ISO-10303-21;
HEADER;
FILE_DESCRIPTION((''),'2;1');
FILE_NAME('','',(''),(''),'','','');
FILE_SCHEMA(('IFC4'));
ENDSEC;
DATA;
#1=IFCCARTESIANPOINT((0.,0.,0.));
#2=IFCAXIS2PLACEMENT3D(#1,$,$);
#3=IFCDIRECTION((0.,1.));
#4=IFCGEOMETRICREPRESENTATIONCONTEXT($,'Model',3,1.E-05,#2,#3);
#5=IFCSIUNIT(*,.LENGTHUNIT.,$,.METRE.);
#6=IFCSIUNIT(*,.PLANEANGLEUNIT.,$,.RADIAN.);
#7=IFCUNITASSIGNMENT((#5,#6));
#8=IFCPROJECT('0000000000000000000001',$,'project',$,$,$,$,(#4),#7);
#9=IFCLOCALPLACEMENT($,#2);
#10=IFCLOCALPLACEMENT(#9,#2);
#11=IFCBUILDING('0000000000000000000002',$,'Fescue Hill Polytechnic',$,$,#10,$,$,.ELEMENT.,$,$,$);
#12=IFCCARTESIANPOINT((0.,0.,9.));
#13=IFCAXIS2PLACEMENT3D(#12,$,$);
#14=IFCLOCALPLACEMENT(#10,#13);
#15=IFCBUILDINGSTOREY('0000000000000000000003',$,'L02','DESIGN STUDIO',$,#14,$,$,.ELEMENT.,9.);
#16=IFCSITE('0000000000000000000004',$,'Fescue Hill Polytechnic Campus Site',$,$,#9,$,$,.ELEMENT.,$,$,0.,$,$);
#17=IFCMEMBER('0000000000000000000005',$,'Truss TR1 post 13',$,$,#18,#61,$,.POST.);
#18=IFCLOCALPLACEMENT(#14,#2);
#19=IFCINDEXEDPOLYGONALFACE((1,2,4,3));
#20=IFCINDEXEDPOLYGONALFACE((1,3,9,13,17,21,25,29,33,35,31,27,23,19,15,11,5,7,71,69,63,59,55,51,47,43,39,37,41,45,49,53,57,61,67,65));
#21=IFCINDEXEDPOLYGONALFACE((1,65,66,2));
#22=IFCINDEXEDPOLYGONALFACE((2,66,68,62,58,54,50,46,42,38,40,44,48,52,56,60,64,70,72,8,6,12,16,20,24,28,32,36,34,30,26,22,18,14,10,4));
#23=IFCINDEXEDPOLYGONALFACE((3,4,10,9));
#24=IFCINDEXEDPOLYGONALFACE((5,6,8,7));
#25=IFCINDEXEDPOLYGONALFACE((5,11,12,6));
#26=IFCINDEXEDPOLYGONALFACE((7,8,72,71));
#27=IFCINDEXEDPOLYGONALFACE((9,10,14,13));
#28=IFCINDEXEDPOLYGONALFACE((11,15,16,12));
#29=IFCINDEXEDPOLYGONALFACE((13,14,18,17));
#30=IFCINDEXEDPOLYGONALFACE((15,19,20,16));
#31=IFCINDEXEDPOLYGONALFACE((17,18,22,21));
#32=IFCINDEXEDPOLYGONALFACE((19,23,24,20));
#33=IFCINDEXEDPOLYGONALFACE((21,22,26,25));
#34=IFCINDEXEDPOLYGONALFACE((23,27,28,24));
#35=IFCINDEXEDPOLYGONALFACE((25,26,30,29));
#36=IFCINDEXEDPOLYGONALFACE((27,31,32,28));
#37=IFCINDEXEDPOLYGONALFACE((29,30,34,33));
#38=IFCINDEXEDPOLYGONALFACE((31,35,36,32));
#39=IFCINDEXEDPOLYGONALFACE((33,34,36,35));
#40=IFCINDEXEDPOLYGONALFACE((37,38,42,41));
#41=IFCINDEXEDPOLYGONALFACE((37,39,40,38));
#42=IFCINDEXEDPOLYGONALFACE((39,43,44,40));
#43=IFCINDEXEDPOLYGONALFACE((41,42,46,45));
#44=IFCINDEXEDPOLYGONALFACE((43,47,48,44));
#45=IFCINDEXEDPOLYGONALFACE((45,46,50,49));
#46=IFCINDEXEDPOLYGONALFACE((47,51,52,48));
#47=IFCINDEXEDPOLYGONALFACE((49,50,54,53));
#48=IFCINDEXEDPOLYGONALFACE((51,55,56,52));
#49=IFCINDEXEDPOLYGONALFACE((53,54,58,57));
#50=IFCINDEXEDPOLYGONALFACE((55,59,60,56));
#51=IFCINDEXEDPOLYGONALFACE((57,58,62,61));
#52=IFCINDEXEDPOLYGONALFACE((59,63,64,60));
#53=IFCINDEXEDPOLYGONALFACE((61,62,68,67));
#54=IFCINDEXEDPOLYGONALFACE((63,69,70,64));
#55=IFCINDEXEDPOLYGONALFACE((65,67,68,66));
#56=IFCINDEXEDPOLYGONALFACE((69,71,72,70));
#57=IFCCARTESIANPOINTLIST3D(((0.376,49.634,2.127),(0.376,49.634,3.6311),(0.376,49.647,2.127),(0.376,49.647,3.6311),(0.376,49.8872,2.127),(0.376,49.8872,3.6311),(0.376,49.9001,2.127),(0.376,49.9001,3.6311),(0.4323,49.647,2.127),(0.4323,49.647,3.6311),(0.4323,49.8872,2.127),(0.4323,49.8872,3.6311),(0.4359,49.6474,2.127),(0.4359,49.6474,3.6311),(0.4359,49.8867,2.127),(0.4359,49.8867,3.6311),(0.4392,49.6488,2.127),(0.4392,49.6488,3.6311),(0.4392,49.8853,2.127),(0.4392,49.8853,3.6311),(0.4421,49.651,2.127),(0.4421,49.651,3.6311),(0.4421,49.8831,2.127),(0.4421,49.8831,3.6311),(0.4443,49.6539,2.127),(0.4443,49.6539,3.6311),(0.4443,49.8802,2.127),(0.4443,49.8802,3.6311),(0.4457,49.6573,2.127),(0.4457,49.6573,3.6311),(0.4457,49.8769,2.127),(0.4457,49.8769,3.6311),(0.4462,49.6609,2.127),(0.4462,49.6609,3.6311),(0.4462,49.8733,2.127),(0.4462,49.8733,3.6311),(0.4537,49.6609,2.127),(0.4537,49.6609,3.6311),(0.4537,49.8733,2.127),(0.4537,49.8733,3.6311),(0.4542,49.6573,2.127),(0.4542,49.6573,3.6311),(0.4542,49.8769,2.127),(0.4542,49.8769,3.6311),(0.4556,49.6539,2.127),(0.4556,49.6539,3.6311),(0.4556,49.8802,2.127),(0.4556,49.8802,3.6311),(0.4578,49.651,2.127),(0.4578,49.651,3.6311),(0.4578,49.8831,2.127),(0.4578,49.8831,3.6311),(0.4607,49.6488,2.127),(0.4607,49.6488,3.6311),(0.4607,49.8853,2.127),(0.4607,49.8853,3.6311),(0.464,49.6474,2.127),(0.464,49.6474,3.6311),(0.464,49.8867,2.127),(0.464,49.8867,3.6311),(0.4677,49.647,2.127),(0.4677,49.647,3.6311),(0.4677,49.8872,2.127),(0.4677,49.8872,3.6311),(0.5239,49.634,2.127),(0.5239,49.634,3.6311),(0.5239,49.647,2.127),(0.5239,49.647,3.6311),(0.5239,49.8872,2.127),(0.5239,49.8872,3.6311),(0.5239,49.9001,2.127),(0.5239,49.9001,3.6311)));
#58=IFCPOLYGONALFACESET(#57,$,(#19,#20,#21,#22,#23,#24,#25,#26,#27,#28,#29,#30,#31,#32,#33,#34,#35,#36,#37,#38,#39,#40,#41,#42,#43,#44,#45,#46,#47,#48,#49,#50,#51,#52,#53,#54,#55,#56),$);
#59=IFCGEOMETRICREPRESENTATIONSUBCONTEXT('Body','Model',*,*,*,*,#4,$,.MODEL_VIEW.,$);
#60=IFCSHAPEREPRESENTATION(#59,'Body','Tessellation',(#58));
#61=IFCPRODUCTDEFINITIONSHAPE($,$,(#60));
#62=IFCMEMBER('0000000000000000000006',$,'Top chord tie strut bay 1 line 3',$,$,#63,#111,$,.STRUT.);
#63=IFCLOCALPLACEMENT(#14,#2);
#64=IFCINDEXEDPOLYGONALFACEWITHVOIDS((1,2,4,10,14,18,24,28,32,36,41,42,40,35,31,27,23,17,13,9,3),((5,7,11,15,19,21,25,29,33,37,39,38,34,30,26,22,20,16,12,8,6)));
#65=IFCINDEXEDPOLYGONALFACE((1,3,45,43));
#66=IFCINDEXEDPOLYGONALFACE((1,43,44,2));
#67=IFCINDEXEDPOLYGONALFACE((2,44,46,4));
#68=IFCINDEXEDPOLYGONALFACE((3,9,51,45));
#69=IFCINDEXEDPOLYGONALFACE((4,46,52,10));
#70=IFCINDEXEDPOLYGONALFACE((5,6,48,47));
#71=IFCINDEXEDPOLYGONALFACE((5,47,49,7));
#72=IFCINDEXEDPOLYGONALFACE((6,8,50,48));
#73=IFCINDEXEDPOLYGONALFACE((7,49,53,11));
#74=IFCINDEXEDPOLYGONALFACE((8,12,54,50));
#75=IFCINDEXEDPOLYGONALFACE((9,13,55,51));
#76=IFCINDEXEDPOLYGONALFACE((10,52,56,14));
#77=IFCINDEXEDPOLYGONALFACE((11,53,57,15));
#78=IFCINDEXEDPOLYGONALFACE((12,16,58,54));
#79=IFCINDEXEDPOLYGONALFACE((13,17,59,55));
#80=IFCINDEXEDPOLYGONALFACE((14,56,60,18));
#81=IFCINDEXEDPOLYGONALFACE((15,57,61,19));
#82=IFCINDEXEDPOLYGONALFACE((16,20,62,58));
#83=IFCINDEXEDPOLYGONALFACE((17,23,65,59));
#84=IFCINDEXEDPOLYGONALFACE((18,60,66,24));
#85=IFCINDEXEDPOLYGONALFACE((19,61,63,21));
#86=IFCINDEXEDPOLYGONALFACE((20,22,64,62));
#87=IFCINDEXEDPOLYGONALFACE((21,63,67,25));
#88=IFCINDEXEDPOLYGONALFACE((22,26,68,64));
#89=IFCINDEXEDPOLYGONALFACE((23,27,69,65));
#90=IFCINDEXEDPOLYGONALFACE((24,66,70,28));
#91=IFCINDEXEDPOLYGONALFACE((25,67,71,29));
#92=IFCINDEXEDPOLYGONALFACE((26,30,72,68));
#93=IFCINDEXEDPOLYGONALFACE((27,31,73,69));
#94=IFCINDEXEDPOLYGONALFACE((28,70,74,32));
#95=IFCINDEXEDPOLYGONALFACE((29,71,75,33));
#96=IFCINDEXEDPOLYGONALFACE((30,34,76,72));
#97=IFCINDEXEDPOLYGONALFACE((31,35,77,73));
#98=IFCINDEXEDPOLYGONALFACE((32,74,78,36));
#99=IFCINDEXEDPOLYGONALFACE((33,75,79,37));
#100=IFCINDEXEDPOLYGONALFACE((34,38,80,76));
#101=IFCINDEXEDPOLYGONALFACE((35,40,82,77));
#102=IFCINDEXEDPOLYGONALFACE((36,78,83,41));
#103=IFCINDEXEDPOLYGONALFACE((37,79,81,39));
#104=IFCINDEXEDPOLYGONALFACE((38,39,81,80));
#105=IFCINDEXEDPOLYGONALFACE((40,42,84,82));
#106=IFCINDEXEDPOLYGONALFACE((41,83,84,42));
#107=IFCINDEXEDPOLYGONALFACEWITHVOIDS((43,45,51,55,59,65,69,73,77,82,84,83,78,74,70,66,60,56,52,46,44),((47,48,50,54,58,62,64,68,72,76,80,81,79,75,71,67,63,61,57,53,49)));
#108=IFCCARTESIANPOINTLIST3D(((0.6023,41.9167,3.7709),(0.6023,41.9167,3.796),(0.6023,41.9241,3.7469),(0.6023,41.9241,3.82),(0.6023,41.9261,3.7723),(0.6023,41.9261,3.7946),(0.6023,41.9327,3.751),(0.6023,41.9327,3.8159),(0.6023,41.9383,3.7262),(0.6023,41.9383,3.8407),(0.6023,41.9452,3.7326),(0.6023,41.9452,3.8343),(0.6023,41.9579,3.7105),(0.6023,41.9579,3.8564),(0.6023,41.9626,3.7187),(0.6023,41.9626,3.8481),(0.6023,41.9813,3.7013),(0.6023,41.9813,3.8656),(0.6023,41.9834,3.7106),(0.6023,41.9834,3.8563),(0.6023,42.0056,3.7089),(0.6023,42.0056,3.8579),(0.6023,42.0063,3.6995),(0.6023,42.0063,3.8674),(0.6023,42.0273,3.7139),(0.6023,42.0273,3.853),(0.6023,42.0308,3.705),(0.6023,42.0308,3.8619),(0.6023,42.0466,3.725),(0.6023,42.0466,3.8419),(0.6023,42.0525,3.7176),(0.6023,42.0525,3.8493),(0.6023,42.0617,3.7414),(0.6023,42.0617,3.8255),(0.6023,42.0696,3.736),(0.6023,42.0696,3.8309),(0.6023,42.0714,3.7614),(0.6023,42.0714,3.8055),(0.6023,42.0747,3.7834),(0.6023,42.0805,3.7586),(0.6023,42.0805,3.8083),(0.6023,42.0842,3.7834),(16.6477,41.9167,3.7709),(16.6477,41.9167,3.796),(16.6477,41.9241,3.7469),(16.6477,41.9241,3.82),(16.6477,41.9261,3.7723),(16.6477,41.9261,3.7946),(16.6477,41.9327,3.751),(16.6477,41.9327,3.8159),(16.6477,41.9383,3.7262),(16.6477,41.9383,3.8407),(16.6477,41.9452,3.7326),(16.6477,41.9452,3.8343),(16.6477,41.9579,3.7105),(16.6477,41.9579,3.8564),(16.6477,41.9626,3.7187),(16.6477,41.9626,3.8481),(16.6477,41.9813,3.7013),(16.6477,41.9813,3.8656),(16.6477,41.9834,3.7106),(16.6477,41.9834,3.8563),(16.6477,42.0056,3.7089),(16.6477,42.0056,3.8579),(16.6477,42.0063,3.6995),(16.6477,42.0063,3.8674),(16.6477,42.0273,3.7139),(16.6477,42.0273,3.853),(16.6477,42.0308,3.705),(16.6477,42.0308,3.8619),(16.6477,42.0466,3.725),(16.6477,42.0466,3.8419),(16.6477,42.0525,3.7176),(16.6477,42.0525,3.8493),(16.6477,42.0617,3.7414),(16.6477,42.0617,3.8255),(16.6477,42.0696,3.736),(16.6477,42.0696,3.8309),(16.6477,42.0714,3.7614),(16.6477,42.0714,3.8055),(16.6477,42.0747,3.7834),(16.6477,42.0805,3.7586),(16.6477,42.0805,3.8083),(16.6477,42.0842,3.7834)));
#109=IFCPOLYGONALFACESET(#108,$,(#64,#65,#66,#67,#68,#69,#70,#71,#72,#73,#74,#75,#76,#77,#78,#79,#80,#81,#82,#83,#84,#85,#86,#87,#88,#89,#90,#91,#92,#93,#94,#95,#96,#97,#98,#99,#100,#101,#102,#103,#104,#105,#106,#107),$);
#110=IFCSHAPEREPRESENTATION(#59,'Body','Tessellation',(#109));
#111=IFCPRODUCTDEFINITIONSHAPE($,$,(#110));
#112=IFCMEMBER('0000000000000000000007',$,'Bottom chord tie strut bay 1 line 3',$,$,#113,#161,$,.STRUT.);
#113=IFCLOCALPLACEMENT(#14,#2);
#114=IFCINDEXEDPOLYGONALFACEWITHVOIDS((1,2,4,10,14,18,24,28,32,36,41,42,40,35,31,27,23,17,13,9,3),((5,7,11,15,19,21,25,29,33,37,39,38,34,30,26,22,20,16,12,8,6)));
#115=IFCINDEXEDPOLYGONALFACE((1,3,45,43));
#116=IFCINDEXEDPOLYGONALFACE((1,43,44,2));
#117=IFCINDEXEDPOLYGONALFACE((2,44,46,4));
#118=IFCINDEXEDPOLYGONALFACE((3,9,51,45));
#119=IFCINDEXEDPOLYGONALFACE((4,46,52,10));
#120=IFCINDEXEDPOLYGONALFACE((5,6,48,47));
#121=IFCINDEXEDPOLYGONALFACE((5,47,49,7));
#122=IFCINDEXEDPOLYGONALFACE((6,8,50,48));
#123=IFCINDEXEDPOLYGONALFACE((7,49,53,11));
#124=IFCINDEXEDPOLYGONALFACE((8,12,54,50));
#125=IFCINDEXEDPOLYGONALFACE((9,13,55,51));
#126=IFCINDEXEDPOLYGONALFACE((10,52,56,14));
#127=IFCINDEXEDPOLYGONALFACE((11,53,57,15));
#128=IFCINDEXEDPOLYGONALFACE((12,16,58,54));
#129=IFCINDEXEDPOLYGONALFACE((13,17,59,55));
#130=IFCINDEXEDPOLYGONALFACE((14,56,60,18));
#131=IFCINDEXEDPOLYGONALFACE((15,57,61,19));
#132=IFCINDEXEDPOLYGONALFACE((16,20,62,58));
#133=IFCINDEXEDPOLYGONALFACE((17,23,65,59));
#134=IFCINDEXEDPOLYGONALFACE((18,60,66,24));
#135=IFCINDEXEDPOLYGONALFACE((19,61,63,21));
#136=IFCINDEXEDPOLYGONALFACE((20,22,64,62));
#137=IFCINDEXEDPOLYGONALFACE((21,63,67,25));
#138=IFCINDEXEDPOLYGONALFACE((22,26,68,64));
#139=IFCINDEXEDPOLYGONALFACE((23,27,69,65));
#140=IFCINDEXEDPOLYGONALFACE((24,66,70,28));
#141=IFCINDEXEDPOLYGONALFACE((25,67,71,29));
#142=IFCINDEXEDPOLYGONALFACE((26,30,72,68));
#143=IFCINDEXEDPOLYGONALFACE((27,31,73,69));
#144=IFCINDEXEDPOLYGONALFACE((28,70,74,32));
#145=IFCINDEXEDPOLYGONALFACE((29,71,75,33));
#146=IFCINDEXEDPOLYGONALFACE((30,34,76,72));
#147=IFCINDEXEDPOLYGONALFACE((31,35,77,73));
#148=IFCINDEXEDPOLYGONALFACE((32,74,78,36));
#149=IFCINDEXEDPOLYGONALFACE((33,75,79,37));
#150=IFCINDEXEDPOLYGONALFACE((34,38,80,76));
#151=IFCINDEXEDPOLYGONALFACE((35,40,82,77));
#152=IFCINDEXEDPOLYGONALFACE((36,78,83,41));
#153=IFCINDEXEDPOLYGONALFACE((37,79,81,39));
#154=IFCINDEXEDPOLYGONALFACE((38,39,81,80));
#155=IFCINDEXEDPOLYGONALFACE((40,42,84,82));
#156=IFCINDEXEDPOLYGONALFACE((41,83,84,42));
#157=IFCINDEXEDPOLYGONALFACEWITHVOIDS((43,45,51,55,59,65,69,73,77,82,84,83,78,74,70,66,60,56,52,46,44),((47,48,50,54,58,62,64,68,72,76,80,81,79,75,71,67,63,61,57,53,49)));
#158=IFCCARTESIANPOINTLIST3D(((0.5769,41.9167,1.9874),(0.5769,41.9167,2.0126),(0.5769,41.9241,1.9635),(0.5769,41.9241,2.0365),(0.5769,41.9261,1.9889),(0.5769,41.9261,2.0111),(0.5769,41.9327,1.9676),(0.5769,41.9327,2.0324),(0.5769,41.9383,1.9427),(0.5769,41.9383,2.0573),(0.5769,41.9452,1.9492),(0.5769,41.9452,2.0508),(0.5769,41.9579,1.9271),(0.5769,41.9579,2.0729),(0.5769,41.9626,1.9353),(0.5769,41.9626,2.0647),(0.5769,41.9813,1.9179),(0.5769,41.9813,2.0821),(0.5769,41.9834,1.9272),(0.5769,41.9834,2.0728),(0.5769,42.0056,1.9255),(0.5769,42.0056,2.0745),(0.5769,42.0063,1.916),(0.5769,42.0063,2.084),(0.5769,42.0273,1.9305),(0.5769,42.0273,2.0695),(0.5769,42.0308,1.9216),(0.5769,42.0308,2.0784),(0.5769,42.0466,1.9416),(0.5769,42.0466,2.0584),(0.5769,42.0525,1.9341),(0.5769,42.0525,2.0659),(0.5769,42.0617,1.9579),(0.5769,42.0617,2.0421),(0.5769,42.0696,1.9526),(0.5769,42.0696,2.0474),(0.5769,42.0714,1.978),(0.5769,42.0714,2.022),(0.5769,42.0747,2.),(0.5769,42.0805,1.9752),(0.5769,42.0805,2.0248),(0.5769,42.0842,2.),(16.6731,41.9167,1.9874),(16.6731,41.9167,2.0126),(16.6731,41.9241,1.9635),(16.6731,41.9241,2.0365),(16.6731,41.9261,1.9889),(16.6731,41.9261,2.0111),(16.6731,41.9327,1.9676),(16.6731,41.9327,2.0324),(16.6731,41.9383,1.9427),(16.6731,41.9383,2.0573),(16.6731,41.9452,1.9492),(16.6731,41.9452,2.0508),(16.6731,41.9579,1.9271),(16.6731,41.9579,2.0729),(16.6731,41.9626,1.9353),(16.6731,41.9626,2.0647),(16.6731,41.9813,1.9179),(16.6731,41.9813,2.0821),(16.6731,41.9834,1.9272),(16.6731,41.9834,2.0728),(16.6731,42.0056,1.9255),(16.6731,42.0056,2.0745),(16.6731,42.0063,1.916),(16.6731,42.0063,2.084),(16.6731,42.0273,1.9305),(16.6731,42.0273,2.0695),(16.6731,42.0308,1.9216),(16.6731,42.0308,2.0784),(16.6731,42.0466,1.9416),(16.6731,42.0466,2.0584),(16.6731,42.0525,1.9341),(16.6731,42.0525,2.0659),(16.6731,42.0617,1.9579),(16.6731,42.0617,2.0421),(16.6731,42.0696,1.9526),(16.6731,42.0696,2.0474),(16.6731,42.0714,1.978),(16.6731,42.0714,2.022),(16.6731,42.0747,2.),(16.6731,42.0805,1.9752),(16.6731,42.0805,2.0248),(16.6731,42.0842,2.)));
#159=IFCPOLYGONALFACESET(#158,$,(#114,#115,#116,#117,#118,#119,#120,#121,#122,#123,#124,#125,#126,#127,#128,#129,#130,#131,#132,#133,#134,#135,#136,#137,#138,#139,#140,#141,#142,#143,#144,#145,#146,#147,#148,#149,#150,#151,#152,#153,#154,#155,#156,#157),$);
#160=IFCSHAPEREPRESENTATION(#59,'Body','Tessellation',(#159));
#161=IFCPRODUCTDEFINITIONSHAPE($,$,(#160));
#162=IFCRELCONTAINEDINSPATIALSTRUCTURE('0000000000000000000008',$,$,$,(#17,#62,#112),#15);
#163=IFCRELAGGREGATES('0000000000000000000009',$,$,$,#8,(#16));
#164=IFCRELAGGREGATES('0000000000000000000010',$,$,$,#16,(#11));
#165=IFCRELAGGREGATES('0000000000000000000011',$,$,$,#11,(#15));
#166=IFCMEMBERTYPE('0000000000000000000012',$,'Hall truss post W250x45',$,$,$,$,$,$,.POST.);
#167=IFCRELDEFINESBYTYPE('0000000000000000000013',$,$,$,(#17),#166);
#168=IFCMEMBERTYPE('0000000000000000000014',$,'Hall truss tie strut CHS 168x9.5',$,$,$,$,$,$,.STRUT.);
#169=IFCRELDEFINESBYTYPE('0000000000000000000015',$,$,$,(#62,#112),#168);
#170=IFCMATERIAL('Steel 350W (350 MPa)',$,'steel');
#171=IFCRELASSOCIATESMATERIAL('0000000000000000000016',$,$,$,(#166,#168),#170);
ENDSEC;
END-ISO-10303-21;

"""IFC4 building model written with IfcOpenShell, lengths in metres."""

from ifc_helpers import new_model, si_unit, direction, frame, origin, origin_2d, place, context, subcontext, project, spatial, hollow_circle, i_section, extrude, material, material_profile, profile_set, type_object, element, save


model = new_model("IFC4")

# Units and contexts
model_context = context("Model", 3, precision=1e-05, world=origin(), true_north=direction((0.0, 1.0)))
body_context = subcontext(model_context, "Body", "Model", "MODEL_VIEW")
ifc_project = project(units=[si_unit("LENGTHUNIT", "METRE"), si_unit("PLANEANGLEUNIT", "RADIAN")], contexts=[model_context])

# Site, building, storey
site_placement = place(None, origin())
site = spatial("IfcSite", under=ifc_project, at=site_placement, Name="Fescue Hill Polytechnic Campus Site", CompositionType="ELEMENT", RefElevation=0.0)
building_placement = place(site_placement, origin())
building = spatial("IfcBuilding", under=site, at=building_placement, Name="Fescue Hill Polytechnic", CompositionType="ELEMENT")
storey_placement = place(building_placement, frame((0.0, 0.0, 9.0)))
storey = spatial("IfcBuildingStorey", under=building, at=storey_placement, Name="L02", Description="DESIGN STUDIO", CompositionType="ELEMENT", Elevation=9.0)

# Members
ifc_material_1 = material(Name="Steel 350W (350 MPa)", Category="steel")
ifc_material_profile_1 = material_profile(ifc_material_1, i_section(OverallWidth=0.1479, OverallDepth=0.2661, WebThickness=0.0076, FlangeThickness=0.0129, FilletRadius=0.0139, at=origin_2d()), Name="W250x45")
ifc_profile_set_1 = profile_set([ifc_material_profile_1], Name="Steel 350W (350 MPa)")
member_type_1 = type_object("IfcMemberType", Name="Hall truss post W250x45", PredefinedType="POST", material=ifc_profile_set_1)
for number, where, z_axis, x_axis, name in (
    (1, (0.45, 49.7671, 2.127), (0.0, 0.0, 1.0), (1.0, 0.0, 0.0), "Truss TR1 post 13"),
):
    element("IfcMember", number, at=place(storey_placement, frame(where, z_axis=z_axis, x_axis=x_axis)), inside=storey, type_object=member_type_1, Name=name, PredefinedType="POST", context=body_context, shape_type="SweptSolid", body=[
        extrude(i_section(OverallWidth=0.1479, OverallDepth=0.2661, WebThickness=0.0076, FlangeThickness=0.0129, FilletRadius=0.0139, at=origin_2d()), origin(), (0.0, 0.0, 1.0), 1.5042),
    ])
ifc_material_profile_2 = material_profile(ifc_material_1, hollow_circle(Radius=0.0842, WallThickness=0.0095, at=origin_2d()), Name="Hall truss tie strut CHS 168x9.5")
ifc_profile_set_2 = profile_set([ifc_material_profile_2], Name="Steel 350W (350 MPa)")
member_type_2 = type_object("IfcMemberType", Name="Hall truss tie strut CHS 168x9.5", PredefinedType="STRUT", material=ifc_profile_set_2)
member_1_placement = place(storey_placement, frame((0.6023, 42.0, 3.7834), z_axis=(1.0, 0.0, 0.0), x_axis=(0.0, 1.0, 0.0)))
element("IfcMember", 2, at=member_1_placement, inside=storey, type_object=member_type_2, Name="Top chord tie strut bay 1 line 3", PredefinedType="STRUT", context=body_context, shape_type="SweptSolid", body=[
    extrude(hollow_circle(Radius=0.0842, WallThickness=0.0095, at=origin_2d()), origin(), (0.0, 0.0, 1.0), 16.0454),
])
member_2_placement = place(storey_placement, frame((0.5769, 42.0, 2.0), z_axis=(1.0, 0.0, 0.0), x_axis=(0.0, 1.0, 0.0)))
element("IfcMember", 3, at=member_2_placement, inside=storey, type_object=member_type_2, Name="Bottom chord tie strut bay 1 line 3", PredefinedType="STRUT", context=body_context, shape_type="SweptSolid", body=[
    extrude(hollow_circle(Radius=0.0842, WallThickness=0.0095, at=origin_2d()), origin(), (0.0, 0.0, 1.0), 16.0962),
])

save(model, "model.ifc")
